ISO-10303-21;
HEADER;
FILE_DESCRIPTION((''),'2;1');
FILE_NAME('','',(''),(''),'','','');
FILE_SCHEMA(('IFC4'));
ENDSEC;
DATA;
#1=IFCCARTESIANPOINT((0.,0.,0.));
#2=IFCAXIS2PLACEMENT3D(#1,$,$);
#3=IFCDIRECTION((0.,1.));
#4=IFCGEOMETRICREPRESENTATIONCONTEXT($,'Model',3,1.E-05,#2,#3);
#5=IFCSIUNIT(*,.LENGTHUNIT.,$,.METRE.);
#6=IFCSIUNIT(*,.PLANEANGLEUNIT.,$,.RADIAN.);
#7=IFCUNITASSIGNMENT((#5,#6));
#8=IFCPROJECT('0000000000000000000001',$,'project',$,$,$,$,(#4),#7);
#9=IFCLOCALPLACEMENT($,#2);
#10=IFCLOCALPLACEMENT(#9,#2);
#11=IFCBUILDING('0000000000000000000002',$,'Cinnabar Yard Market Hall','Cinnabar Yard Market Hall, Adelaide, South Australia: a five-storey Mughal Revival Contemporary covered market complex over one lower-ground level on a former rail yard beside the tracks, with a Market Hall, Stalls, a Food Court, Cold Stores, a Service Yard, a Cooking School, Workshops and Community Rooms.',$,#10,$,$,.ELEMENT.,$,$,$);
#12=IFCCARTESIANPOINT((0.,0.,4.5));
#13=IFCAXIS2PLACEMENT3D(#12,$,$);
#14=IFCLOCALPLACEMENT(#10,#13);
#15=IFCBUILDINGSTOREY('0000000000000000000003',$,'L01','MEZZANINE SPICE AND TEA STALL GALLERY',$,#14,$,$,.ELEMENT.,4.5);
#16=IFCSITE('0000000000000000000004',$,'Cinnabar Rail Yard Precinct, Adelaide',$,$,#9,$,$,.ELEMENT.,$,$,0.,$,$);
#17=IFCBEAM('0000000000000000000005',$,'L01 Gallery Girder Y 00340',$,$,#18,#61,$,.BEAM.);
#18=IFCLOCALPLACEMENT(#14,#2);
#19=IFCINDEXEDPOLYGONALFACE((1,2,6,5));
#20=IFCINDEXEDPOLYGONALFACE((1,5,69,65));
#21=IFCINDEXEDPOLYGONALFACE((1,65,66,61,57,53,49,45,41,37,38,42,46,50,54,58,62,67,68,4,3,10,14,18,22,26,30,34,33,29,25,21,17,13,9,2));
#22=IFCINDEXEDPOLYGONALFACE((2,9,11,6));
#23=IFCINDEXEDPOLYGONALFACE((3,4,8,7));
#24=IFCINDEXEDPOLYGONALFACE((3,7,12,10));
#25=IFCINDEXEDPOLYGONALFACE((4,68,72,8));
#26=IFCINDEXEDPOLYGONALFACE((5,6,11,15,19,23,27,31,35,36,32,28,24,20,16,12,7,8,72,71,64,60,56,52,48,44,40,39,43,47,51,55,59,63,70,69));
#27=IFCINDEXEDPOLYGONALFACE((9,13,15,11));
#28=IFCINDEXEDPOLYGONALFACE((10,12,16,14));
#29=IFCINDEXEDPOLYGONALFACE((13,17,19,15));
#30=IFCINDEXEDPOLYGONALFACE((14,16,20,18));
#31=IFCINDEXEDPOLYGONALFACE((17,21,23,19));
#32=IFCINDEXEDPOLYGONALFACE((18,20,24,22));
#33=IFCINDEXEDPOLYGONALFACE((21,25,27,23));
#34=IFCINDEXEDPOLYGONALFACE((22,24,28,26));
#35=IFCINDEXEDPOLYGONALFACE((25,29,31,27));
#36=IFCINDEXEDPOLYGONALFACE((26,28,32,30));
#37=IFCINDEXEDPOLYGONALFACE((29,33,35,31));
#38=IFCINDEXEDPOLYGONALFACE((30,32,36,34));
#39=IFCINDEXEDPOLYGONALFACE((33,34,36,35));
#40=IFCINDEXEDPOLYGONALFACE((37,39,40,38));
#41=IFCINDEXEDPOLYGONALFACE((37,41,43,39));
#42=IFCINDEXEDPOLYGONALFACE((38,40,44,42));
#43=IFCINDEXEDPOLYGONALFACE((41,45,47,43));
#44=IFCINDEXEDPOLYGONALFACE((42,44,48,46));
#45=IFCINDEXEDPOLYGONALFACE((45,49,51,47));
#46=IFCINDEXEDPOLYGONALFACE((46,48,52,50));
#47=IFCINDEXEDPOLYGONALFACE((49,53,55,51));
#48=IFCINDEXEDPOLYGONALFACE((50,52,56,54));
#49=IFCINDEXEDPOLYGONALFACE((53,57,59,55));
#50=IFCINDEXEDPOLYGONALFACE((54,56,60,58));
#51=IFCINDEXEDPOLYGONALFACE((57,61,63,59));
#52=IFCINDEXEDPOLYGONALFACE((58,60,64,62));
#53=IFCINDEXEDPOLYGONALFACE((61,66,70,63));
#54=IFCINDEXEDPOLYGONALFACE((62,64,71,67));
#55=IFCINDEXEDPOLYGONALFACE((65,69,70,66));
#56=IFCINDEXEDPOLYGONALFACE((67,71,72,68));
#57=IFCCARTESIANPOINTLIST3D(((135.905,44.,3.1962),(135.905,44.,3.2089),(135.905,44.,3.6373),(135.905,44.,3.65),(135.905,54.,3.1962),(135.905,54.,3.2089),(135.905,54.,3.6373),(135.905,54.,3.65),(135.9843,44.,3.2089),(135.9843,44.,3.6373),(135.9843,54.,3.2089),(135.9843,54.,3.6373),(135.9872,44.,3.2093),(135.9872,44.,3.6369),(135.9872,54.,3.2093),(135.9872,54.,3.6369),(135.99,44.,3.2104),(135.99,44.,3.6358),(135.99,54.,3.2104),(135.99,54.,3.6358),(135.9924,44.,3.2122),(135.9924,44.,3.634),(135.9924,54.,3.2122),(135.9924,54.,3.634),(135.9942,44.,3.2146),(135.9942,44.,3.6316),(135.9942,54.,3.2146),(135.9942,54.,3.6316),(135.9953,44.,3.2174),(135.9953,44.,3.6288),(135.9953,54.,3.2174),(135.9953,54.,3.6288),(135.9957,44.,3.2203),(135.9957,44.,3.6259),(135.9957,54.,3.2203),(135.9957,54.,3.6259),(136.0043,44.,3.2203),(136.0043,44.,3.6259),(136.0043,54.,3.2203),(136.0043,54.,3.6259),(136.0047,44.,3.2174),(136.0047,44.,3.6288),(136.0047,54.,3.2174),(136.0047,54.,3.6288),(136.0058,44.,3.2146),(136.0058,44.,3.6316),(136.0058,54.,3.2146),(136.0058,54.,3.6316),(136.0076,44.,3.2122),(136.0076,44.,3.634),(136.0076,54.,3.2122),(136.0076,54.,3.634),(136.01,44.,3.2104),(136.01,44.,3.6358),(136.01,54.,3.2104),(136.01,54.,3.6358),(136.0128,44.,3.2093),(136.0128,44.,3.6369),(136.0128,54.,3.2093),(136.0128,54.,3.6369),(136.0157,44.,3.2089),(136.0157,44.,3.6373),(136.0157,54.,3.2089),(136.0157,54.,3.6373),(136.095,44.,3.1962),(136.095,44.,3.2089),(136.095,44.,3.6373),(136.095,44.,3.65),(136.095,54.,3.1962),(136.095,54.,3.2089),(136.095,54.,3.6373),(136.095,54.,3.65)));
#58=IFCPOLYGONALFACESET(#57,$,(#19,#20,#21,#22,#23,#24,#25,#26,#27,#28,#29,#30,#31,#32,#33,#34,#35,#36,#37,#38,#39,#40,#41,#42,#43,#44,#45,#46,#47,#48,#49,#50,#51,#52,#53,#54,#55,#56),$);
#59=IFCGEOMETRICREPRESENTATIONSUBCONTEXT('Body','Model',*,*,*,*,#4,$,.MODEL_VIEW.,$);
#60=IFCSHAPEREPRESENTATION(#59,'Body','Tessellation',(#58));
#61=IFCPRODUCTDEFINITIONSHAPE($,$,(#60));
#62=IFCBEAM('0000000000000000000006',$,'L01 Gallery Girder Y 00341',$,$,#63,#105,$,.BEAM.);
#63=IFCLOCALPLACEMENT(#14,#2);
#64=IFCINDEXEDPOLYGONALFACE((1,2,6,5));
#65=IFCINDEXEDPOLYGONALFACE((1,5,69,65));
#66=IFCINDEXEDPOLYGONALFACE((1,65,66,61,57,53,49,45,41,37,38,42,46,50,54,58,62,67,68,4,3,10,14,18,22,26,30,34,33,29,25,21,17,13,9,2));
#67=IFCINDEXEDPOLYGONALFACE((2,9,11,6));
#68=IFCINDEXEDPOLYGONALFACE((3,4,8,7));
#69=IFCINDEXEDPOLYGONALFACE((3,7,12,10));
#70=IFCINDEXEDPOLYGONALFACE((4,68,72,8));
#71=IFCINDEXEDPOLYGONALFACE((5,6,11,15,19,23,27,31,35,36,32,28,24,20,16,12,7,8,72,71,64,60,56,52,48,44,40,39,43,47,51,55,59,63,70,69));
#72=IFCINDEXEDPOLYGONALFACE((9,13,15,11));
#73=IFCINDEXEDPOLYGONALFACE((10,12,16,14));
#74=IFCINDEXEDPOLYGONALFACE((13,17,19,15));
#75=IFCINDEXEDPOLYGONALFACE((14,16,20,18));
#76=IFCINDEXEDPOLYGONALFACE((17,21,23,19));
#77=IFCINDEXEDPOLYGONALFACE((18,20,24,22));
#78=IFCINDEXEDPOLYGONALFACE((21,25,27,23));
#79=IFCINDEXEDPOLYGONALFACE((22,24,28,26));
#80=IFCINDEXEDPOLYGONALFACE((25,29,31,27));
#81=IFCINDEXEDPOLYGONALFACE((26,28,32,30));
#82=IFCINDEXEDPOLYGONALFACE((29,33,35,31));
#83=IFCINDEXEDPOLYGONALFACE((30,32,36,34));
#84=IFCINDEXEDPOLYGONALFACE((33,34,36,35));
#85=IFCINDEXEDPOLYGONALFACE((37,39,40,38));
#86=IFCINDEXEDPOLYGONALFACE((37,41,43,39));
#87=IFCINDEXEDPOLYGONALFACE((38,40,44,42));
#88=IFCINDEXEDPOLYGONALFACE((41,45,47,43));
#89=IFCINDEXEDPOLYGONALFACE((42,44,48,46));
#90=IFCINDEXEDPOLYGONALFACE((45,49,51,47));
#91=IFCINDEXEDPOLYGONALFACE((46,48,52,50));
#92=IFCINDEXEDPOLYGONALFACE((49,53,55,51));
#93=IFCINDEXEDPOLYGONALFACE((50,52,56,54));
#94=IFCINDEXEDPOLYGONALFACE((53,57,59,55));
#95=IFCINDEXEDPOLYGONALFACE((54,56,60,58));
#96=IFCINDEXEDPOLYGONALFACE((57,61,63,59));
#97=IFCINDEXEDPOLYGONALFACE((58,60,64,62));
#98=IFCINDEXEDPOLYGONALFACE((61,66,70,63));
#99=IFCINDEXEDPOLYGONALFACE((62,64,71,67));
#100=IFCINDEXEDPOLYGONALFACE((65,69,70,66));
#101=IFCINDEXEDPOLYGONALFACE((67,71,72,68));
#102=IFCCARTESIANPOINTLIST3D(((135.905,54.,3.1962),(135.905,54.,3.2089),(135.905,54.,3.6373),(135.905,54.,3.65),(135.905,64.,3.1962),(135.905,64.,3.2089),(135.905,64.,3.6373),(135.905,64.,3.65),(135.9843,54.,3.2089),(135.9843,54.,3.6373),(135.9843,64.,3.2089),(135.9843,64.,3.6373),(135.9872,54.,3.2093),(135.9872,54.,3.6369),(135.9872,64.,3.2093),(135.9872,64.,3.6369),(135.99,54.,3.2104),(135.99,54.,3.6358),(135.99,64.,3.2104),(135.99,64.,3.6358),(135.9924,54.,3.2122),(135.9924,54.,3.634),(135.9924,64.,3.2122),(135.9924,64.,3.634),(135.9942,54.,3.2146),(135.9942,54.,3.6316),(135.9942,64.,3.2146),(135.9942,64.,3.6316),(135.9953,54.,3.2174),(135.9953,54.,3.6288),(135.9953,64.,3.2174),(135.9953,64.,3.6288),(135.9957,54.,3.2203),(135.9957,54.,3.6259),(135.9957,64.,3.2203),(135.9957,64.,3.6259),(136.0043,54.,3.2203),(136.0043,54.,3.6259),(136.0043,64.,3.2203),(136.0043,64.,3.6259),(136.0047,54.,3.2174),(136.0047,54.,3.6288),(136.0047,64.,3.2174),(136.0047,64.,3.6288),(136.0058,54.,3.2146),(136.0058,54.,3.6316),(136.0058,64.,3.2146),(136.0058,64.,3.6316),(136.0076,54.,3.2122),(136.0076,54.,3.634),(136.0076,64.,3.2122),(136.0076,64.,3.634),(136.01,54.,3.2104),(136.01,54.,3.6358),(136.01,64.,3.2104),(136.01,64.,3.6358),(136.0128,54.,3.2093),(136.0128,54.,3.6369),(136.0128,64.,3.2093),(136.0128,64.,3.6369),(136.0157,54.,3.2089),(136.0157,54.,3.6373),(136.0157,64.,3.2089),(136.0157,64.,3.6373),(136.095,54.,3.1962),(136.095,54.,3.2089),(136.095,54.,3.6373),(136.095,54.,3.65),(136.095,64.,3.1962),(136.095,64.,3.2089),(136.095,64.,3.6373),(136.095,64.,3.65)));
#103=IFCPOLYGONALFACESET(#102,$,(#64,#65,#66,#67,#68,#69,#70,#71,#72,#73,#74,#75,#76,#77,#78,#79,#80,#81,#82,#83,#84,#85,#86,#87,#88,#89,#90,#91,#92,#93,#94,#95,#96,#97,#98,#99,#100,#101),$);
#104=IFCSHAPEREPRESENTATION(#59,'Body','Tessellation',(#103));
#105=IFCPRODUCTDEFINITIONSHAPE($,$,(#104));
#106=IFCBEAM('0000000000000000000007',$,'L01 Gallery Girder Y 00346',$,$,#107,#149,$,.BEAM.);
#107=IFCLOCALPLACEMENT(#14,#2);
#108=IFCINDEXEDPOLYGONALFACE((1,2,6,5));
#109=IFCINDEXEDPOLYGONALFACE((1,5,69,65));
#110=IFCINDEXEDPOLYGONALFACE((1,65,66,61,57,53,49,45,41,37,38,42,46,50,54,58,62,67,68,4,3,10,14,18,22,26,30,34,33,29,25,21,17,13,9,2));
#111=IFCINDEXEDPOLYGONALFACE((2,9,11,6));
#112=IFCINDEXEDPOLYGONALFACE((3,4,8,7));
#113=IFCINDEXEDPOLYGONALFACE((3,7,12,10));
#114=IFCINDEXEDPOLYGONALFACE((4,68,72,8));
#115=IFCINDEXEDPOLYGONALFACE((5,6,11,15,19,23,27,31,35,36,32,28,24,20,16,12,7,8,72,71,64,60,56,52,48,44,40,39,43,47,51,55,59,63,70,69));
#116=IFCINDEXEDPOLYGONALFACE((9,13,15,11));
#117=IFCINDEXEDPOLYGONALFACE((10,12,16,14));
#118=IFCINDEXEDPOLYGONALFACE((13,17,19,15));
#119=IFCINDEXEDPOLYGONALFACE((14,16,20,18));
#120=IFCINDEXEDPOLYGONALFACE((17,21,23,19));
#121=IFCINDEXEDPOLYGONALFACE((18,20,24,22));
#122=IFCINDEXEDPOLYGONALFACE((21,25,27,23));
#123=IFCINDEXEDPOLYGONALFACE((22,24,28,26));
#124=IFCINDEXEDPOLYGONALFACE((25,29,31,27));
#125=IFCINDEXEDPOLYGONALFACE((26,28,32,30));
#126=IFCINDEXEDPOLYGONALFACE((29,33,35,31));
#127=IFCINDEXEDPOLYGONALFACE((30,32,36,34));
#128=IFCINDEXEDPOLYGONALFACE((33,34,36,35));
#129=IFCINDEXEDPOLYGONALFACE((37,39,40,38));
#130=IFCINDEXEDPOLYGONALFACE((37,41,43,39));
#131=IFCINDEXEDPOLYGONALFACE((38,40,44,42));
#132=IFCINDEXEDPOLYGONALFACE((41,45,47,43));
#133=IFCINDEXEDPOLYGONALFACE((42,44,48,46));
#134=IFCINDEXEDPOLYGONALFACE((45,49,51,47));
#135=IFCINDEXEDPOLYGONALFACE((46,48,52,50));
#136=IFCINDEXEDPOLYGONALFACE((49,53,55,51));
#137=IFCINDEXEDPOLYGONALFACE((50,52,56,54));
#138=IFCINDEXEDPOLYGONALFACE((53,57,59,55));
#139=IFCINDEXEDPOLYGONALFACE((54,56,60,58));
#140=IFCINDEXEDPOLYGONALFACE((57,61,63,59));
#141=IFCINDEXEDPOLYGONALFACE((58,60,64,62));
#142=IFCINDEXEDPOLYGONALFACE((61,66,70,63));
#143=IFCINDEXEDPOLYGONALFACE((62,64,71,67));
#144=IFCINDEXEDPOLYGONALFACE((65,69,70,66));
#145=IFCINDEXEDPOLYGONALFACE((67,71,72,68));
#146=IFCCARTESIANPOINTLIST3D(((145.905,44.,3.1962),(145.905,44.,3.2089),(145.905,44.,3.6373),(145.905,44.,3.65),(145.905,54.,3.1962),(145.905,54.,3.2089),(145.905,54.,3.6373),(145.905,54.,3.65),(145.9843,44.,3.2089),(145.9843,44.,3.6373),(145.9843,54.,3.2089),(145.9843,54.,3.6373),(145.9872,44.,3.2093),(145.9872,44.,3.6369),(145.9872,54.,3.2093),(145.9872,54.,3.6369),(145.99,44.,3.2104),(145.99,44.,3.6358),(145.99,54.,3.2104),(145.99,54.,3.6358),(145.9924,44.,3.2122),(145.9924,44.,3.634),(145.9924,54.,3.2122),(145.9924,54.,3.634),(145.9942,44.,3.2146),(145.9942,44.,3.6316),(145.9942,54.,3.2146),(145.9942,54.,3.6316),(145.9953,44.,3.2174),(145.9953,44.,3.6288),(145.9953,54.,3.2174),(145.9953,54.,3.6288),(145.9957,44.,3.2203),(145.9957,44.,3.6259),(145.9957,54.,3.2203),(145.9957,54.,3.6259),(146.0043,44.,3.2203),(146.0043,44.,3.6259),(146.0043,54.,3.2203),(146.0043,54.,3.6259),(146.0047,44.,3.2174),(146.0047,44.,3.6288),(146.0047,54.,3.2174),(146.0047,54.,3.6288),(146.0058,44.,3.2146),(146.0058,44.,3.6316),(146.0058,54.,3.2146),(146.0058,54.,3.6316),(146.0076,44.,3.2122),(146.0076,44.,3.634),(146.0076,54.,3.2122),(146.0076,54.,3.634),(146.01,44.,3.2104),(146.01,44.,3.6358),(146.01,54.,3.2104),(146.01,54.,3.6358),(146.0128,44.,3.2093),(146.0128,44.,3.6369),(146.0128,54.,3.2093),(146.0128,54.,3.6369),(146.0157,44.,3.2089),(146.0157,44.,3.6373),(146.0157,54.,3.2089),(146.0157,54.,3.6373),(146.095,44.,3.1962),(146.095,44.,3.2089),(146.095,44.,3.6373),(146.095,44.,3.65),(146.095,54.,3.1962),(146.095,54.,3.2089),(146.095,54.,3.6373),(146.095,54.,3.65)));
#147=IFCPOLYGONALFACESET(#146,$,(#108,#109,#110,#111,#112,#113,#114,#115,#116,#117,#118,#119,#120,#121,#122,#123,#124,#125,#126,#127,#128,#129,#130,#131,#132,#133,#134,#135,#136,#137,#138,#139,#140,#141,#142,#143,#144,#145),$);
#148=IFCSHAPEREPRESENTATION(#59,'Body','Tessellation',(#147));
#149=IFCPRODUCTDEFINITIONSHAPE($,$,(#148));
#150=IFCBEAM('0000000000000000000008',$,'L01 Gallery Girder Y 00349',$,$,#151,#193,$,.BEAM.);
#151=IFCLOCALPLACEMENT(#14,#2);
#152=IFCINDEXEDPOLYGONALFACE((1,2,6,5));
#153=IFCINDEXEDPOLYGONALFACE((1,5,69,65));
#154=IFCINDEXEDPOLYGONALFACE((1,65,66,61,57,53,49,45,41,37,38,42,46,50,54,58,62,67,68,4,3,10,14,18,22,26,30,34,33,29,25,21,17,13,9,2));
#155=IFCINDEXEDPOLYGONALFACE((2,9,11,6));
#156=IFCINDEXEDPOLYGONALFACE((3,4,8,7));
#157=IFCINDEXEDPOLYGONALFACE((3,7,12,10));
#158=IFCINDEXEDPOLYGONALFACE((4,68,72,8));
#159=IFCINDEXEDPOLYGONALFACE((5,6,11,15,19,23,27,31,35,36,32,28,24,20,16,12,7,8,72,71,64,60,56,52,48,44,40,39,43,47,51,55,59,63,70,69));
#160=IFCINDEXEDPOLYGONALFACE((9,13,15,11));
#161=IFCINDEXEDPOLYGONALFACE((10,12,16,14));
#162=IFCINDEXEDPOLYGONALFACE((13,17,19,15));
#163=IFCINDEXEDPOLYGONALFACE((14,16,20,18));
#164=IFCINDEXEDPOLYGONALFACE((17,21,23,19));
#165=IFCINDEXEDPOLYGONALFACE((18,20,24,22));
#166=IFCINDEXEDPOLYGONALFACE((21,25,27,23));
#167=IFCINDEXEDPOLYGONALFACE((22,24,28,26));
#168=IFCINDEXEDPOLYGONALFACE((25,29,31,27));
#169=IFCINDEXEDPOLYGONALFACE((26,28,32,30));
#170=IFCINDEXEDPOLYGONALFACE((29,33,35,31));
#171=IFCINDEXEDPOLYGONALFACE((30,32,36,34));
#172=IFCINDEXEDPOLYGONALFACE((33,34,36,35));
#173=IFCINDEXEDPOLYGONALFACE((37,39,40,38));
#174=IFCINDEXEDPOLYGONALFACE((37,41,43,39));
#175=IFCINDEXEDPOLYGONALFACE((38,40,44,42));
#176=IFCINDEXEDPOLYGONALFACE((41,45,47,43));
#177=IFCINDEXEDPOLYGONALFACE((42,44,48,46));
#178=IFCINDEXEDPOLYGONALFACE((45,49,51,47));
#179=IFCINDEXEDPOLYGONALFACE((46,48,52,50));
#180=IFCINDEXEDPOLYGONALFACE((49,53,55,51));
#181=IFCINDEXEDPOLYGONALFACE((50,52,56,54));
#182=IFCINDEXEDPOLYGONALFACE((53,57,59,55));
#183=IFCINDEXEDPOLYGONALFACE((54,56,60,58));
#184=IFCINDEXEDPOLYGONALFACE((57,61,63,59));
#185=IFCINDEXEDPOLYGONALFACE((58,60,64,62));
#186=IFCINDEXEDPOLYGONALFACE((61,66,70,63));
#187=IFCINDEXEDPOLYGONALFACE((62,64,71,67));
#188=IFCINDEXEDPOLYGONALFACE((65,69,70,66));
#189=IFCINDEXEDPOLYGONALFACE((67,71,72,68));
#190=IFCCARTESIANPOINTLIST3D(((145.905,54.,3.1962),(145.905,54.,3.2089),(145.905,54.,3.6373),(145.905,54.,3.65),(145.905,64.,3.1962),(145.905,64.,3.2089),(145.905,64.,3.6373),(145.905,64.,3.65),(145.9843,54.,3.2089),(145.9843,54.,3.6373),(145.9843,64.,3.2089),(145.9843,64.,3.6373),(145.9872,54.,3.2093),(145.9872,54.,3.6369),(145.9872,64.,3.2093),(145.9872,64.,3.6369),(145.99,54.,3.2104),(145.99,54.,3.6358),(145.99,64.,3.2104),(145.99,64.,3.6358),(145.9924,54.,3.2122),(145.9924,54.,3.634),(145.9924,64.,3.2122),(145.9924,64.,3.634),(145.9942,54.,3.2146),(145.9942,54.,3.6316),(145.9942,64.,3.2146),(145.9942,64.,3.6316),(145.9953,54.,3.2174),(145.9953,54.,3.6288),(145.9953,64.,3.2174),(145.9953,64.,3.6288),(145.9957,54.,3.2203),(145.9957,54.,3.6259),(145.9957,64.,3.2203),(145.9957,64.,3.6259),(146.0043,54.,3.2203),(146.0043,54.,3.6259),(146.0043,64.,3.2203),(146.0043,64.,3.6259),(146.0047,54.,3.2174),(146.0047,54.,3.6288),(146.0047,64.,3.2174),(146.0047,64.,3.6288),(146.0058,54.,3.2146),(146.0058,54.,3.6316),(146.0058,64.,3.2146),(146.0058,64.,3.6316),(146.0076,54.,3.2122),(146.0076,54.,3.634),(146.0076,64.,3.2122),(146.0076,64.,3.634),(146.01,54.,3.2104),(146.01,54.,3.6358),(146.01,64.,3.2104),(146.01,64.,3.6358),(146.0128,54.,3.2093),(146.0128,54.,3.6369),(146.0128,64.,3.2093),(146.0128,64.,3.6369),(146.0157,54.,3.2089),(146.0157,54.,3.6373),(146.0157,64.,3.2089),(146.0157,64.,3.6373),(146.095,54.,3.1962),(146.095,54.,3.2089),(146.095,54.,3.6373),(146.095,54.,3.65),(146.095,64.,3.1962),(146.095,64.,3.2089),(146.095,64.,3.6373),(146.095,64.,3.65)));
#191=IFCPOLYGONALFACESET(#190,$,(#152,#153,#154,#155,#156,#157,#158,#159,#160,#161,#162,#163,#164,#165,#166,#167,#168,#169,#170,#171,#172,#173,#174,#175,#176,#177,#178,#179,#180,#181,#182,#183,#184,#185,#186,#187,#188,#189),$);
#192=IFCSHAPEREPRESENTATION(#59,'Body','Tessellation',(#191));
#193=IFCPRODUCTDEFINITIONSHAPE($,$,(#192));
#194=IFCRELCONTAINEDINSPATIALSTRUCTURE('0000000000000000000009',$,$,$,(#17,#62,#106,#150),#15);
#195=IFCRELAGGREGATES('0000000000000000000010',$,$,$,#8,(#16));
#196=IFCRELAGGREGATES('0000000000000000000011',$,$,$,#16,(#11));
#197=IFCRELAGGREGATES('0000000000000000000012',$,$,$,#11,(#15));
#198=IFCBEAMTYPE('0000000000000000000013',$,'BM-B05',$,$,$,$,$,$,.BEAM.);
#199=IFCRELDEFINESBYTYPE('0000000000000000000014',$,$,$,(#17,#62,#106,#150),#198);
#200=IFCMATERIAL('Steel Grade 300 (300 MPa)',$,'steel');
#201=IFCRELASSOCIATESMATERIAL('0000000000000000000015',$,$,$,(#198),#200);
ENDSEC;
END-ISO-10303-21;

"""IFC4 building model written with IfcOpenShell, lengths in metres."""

from ifc_helpers import new_model, si_unit, direction, frame, origin, origin_2d_with_axis, place, context, subcontext, project, spatial, i_section, extrude, material, material_profile, profile_set, type_object, element, save


model = new_model("IFC4")

# Units and contexts
model_context = context("Model", 3, precision=1e-05, world=origin(), true_north=direction((0.0, 1.0)))
body_context = subcontext(model_context, "Body", "Model", "MODEL_VIEW")
ifc_project = project(units=[si_unit("LENGTHUNIT", "METRE"), si_unit("PLANEANGLEUNIT", "RADIAN")], contexts=[model_context])

# Site, building, storey
site_placement = place(None, origin())
site = spatial("IfcSite", under=ifc_project, at=site_placement, Name="Cinnabar Rail Yard Precinct, Adelaide", CompositionType="ELEMENT", RefElevation=0.0)
building_placement = place(site_placement, origin())
building = spatial("IfcBuilding", under=site, at=building_placement, Name="Cinnabar Yard Market Hall", Description="Cinnabar Yard Market Hall, Adelaide, South Australia: a five-storey Mughal Revival Contemporary covered market complex over one lower-ground level on a former rail yard beside the tracks, with a Market Hall, Stalls, a Food Court, Cold Stores, a Service Yard, a Cooking School, Workshops and Community Rooms.", CompositionType="ELEMENT")
storey_placement = place(building_placement, frame((0.0, 0.0, 4.5)))
storey = spatial("IfcBuildingStorey", under=building, at=storey_placement, Name="L01", Description="MEZZANINE SPICE AND TEA STALL GALLERY", CompositionType="ELEMENT", Elevation=4.5)

# Beams
ifc_material_1 = material(Name="Steel Grade 300 (300 MPa)", Category="steel")
ifc_material_profile_1 = material_profile(ifc_material_1, i_section(OverallWidth=0.1899, OverallDepth=0.4539, WebThickness=0.0085, FlangeThickness=0.0127, FilletRadius=0.0115, at=origin_2d_with_axis()), Name="460UB67.1")
ifc_profile_set_1 = profile_set([ifc_material_profile_1], Name="Steel Grade 300 (300 MPa)")
beam_type_1 = type_object("IfcBeamType", Name="BM-B05", PredefinedType="BEAM", material=ifc_profile_set_1)
for number, where, z_axis, x_axis, name in (
    (1, (136.0, 44.0, 3.4231), (0.0, 1.0, 0.0), (-1.0, 0.0, 0.0), "L01 Gallery Girder Y 00340"),
    (2, (136.0, 54.0, 3.4231), (0.0, 1.0, 0.0), (-1.0, 0.0, 0.0), "L01 Gallery Girder Y 00341"),
    (3, (146.0, 44.0, 3.4231), (0.0, 1.0, 0.0), (-1.0, 0.0, 0.0), "L01 Gallery Girder Y 00346"),
    (4, (146.0, 54.0, 3.4231), (0.0, 1.0, 0.0), (-1.0, 0.0, 0.0), "L01 Gallery Girder Y 00349"),
):
    element("IfcBeam", number, at=place(storey_placement, frame(where, z_axis=z_axis, x_axis=x_axis)), inside=storey, type_object=beam_type_1, Name=name, PredefinedType="BEAM", context=body_context, shape_type="SweptSolid", body=[
        extrude(i_section(OverallWidth=0.1899, OverallDepth=0.4539, WebThickness=0.0085, FlangeThickness=0.0127, FilletRadius=0.0115, at=origin_2d_with_axis()), origin(), (0.0, 0.0, 1.0), 10.0),
    ])

save(model, "model.ifc")
